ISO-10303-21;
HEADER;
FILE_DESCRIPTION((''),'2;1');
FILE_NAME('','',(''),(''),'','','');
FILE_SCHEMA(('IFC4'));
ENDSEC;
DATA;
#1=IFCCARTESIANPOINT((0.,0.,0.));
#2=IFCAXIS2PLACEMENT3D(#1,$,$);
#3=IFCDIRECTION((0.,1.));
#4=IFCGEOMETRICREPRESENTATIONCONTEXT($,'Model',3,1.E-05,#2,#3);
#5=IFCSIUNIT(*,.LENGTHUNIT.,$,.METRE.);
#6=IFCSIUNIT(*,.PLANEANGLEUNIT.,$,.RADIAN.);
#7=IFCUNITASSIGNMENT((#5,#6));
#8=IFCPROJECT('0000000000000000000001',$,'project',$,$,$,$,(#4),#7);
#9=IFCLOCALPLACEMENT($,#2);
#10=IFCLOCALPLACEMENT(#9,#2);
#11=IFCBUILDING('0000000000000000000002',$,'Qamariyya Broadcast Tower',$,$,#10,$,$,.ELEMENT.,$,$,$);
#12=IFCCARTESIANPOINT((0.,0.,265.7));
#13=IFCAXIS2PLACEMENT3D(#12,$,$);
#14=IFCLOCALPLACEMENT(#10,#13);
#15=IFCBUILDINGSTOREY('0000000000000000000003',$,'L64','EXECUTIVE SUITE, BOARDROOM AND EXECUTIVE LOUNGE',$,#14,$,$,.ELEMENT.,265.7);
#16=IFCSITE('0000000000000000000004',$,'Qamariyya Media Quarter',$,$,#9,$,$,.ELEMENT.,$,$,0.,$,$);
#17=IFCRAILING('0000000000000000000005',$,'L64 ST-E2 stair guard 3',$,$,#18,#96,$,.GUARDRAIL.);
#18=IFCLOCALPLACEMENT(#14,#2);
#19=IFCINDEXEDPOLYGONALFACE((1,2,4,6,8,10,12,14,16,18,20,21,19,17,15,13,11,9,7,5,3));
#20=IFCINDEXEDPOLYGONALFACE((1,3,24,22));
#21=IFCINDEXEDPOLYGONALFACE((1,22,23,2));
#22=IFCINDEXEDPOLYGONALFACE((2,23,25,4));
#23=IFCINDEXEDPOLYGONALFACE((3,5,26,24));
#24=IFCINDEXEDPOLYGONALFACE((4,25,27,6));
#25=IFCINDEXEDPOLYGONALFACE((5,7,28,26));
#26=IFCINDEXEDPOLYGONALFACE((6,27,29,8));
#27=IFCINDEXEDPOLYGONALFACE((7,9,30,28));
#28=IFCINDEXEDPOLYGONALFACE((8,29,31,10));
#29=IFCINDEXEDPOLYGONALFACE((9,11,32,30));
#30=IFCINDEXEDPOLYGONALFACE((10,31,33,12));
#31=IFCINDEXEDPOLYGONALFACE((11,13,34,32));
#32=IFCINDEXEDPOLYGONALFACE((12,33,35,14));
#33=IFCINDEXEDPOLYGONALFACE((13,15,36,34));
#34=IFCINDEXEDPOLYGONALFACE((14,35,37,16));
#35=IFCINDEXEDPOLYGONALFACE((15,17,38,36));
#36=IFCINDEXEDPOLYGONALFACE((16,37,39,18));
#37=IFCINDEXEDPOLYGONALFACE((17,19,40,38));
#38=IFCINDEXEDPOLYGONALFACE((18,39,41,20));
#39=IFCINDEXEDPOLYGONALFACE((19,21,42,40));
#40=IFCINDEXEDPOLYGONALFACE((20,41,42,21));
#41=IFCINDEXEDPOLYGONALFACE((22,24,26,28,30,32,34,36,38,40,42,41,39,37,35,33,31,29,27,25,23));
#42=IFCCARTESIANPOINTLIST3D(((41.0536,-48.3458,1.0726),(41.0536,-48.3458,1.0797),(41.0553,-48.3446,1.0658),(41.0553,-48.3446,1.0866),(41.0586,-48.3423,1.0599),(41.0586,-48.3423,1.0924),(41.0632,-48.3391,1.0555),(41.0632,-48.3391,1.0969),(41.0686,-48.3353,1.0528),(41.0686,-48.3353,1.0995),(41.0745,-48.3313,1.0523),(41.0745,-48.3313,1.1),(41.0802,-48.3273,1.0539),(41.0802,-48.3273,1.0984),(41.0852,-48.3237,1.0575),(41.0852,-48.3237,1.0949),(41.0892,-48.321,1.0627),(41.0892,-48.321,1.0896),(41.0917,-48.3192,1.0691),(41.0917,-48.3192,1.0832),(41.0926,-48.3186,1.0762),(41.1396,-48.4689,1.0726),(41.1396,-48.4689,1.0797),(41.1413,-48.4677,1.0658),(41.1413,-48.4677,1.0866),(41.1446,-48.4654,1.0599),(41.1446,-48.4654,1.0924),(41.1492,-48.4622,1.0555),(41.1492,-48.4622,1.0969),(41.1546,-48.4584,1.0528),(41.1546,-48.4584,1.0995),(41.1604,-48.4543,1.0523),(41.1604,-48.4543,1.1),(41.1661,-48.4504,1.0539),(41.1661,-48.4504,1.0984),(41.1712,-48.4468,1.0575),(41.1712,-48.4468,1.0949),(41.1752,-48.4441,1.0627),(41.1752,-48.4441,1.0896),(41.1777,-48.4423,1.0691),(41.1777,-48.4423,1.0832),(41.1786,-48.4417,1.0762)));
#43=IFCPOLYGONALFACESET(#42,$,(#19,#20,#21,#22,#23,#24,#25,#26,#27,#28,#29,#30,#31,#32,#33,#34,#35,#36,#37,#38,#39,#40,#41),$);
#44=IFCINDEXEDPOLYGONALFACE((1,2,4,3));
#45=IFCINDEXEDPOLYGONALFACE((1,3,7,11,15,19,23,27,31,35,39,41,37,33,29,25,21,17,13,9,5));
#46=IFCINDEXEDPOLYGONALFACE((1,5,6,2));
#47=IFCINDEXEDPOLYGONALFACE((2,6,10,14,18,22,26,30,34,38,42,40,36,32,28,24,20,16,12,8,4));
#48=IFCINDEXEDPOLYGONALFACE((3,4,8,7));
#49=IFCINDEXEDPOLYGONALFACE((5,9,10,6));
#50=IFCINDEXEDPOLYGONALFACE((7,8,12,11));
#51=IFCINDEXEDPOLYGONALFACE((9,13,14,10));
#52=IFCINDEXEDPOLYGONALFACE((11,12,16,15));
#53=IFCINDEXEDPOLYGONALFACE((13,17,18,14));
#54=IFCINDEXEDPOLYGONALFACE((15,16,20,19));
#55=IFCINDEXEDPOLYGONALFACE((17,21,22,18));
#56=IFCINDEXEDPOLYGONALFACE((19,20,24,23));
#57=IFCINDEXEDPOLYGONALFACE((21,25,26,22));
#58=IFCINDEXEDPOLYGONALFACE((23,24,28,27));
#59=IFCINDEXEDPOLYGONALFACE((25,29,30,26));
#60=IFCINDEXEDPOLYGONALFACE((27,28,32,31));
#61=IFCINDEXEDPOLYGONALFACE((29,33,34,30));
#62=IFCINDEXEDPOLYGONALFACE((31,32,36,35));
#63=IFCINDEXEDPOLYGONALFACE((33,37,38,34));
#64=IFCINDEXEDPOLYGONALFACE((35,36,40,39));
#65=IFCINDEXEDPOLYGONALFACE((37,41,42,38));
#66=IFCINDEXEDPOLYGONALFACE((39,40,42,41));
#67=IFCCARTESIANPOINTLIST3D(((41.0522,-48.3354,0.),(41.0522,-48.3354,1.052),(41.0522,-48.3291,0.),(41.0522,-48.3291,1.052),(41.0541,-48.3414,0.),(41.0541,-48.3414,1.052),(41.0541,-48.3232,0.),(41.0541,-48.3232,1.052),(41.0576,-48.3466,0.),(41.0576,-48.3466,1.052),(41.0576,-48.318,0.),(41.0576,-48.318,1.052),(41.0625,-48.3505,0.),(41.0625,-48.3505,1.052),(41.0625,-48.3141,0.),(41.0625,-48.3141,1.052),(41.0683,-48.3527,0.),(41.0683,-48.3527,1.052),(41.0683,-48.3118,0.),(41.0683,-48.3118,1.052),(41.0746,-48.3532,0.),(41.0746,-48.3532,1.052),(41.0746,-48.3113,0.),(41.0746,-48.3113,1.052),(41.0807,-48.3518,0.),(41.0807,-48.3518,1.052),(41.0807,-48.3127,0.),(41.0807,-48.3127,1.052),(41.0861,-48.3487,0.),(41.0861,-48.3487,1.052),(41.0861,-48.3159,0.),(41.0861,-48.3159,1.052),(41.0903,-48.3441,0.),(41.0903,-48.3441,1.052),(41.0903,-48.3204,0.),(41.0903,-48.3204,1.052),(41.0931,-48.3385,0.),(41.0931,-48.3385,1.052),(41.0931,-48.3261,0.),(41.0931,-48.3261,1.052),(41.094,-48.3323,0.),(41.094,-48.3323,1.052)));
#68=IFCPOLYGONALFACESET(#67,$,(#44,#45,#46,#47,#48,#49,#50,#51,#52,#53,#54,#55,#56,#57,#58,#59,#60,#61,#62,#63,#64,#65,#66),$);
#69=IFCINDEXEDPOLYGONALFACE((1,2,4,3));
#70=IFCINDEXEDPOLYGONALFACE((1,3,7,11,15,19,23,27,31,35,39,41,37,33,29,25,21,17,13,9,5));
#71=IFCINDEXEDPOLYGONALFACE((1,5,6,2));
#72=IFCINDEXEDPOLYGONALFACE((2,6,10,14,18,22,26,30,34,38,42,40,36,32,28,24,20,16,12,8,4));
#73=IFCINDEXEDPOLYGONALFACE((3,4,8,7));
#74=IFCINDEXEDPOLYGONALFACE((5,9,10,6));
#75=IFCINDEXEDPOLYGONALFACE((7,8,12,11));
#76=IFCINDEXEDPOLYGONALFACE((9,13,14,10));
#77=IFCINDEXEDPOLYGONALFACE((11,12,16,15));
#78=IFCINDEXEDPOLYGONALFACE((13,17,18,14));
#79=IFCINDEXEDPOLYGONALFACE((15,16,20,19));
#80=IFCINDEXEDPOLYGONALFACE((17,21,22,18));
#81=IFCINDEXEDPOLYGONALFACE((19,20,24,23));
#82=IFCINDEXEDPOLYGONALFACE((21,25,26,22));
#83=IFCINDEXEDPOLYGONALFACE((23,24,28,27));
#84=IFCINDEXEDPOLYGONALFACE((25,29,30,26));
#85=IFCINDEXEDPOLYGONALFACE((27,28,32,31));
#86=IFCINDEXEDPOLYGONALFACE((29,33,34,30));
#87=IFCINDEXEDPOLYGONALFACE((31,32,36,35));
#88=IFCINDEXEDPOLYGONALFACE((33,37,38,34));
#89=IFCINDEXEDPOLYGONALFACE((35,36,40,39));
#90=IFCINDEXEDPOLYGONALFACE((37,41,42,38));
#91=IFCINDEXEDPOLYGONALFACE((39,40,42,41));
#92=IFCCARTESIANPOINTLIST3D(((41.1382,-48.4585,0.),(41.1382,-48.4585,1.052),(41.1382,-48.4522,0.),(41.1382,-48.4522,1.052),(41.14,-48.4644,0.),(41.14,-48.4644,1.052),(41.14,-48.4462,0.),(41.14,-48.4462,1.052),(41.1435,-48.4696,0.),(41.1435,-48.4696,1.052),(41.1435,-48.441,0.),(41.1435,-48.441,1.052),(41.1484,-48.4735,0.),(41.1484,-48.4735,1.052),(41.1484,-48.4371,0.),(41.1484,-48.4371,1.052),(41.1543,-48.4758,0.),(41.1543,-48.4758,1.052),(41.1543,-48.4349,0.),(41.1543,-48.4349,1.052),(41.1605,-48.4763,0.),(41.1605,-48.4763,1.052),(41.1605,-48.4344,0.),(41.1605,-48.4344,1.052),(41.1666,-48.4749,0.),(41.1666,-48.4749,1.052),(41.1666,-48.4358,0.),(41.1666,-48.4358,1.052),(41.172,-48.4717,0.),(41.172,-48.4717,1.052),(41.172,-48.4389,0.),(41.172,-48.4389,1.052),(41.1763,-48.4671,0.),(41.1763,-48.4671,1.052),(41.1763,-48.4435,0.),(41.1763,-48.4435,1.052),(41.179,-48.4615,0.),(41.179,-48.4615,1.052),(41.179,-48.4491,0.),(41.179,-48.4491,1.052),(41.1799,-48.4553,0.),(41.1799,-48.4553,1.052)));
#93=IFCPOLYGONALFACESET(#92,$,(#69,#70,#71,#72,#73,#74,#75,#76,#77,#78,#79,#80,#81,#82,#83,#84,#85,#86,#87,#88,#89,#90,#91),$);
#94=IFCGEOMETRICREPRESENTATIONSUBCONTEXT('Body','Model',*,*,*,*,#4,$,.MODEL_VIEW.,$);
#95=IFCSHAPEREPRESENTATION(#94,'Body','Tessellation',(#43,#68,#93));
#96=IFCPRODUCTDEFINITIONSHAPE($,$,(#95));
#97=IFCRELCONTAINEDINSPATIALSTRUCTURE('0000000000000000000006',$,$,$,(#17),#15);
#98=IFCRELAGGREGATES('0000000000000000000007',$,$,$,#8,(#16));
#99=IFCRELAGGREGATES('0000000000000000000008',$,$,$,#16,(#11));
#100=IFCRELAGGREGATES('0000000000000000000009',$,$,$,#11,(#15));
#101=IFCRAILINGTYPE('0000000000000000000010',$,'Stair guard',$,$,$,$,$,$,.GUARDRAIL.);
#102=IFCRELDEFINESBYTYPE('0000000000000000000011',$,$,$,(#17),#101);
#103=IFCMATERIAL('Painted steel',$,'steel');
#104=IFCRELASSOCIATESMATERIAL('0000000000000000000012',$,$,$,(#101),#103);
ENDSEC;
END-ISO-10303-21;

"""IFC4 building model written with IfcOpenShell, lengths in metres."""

from ifc_helpers import new_model, si_unit, direction, frame, origin, origin_2d, place, context, subcontext, project, spatial, circle, extrude, material, type_object, element, save


model = new_model("IFC4")

# Units and contexts
model_context = context("Model", 3, precision=1e-05, world=origin(), true_north=direction((0.0, 1.0)))
body_context = subcontext(model_context, "Body", "Model", "MODEL_VIEW")
ifc_project = project(units=[si_unit("LENGTHUNIT", "METRE"), si_unit("PLANEANGLEUNIT", "RADIAN")], contexts=[model_context])

# Site, building, storey
site_placement = place(None, origin())
site = spatial("IfcSite", under=ifc_project, at=site_placement, Name="Qamariyya Media Quarter", CompositionType="ELEMENT", RefElevation=0.0)
building_placement = place(site_placement, origin())
building = spatial("IfcBuilding", under=site, at=building_placement, Name="Qamariyya Broadcast Tower", CompositionType="ELEMENT")
storey_placement = place(building_placement, frame((0.0, 0.0, 265.7)))
storey = spatial("IfcBuildingStorey", under=building, at=storey_placement, Name="L64", Description="EXECUTIVE SUITE, BOARDROOM AND EXECUTIVE LOUNGE", CompositionType="ELEMENT", Elevation=265.7)

# Railing
ifc_material_1 = material(Name="Painted steel", Category="steel")
railing_type_1 = type_object("IfcRailingType", Name="Stair guard", PredefinedType="GUARDRAIL", material=ifc_material_1)
railing_1_placement = place(storey_placement, frame((41.073, -48.3323, 0.0)))
element("IfcRailing", 1, at=railing_1_placement, inside=storey, type_object=railing_type_1, Name="L64 ST-E2 stair guard 3", PredefinedType="GUARDRAIL", context=body_context, shape_type="SweptSolid", body=[
    extrude(circle(Radius=0.0239, at=origin_2d()), frame((0.0, 0.0, 1.0762), z_axis=(0.572589, -0.819843, 0.0), x_axis=(0.819843, 0.572589, 0.0)), (0.0, 0.0, 1.0), 0.1501),
    extrude(circle(Radius=0.021, at=origin_2d()), origin(), (0.0, 0.0, 1.0), 1.052),
    extrude(circle(Radius=0.021, at=origin_2d()), frame((0.0859, -0.123, 0.0)), (0.0, 0.0, 1.0), 1.052),
])

save(model, "model.ifc")
